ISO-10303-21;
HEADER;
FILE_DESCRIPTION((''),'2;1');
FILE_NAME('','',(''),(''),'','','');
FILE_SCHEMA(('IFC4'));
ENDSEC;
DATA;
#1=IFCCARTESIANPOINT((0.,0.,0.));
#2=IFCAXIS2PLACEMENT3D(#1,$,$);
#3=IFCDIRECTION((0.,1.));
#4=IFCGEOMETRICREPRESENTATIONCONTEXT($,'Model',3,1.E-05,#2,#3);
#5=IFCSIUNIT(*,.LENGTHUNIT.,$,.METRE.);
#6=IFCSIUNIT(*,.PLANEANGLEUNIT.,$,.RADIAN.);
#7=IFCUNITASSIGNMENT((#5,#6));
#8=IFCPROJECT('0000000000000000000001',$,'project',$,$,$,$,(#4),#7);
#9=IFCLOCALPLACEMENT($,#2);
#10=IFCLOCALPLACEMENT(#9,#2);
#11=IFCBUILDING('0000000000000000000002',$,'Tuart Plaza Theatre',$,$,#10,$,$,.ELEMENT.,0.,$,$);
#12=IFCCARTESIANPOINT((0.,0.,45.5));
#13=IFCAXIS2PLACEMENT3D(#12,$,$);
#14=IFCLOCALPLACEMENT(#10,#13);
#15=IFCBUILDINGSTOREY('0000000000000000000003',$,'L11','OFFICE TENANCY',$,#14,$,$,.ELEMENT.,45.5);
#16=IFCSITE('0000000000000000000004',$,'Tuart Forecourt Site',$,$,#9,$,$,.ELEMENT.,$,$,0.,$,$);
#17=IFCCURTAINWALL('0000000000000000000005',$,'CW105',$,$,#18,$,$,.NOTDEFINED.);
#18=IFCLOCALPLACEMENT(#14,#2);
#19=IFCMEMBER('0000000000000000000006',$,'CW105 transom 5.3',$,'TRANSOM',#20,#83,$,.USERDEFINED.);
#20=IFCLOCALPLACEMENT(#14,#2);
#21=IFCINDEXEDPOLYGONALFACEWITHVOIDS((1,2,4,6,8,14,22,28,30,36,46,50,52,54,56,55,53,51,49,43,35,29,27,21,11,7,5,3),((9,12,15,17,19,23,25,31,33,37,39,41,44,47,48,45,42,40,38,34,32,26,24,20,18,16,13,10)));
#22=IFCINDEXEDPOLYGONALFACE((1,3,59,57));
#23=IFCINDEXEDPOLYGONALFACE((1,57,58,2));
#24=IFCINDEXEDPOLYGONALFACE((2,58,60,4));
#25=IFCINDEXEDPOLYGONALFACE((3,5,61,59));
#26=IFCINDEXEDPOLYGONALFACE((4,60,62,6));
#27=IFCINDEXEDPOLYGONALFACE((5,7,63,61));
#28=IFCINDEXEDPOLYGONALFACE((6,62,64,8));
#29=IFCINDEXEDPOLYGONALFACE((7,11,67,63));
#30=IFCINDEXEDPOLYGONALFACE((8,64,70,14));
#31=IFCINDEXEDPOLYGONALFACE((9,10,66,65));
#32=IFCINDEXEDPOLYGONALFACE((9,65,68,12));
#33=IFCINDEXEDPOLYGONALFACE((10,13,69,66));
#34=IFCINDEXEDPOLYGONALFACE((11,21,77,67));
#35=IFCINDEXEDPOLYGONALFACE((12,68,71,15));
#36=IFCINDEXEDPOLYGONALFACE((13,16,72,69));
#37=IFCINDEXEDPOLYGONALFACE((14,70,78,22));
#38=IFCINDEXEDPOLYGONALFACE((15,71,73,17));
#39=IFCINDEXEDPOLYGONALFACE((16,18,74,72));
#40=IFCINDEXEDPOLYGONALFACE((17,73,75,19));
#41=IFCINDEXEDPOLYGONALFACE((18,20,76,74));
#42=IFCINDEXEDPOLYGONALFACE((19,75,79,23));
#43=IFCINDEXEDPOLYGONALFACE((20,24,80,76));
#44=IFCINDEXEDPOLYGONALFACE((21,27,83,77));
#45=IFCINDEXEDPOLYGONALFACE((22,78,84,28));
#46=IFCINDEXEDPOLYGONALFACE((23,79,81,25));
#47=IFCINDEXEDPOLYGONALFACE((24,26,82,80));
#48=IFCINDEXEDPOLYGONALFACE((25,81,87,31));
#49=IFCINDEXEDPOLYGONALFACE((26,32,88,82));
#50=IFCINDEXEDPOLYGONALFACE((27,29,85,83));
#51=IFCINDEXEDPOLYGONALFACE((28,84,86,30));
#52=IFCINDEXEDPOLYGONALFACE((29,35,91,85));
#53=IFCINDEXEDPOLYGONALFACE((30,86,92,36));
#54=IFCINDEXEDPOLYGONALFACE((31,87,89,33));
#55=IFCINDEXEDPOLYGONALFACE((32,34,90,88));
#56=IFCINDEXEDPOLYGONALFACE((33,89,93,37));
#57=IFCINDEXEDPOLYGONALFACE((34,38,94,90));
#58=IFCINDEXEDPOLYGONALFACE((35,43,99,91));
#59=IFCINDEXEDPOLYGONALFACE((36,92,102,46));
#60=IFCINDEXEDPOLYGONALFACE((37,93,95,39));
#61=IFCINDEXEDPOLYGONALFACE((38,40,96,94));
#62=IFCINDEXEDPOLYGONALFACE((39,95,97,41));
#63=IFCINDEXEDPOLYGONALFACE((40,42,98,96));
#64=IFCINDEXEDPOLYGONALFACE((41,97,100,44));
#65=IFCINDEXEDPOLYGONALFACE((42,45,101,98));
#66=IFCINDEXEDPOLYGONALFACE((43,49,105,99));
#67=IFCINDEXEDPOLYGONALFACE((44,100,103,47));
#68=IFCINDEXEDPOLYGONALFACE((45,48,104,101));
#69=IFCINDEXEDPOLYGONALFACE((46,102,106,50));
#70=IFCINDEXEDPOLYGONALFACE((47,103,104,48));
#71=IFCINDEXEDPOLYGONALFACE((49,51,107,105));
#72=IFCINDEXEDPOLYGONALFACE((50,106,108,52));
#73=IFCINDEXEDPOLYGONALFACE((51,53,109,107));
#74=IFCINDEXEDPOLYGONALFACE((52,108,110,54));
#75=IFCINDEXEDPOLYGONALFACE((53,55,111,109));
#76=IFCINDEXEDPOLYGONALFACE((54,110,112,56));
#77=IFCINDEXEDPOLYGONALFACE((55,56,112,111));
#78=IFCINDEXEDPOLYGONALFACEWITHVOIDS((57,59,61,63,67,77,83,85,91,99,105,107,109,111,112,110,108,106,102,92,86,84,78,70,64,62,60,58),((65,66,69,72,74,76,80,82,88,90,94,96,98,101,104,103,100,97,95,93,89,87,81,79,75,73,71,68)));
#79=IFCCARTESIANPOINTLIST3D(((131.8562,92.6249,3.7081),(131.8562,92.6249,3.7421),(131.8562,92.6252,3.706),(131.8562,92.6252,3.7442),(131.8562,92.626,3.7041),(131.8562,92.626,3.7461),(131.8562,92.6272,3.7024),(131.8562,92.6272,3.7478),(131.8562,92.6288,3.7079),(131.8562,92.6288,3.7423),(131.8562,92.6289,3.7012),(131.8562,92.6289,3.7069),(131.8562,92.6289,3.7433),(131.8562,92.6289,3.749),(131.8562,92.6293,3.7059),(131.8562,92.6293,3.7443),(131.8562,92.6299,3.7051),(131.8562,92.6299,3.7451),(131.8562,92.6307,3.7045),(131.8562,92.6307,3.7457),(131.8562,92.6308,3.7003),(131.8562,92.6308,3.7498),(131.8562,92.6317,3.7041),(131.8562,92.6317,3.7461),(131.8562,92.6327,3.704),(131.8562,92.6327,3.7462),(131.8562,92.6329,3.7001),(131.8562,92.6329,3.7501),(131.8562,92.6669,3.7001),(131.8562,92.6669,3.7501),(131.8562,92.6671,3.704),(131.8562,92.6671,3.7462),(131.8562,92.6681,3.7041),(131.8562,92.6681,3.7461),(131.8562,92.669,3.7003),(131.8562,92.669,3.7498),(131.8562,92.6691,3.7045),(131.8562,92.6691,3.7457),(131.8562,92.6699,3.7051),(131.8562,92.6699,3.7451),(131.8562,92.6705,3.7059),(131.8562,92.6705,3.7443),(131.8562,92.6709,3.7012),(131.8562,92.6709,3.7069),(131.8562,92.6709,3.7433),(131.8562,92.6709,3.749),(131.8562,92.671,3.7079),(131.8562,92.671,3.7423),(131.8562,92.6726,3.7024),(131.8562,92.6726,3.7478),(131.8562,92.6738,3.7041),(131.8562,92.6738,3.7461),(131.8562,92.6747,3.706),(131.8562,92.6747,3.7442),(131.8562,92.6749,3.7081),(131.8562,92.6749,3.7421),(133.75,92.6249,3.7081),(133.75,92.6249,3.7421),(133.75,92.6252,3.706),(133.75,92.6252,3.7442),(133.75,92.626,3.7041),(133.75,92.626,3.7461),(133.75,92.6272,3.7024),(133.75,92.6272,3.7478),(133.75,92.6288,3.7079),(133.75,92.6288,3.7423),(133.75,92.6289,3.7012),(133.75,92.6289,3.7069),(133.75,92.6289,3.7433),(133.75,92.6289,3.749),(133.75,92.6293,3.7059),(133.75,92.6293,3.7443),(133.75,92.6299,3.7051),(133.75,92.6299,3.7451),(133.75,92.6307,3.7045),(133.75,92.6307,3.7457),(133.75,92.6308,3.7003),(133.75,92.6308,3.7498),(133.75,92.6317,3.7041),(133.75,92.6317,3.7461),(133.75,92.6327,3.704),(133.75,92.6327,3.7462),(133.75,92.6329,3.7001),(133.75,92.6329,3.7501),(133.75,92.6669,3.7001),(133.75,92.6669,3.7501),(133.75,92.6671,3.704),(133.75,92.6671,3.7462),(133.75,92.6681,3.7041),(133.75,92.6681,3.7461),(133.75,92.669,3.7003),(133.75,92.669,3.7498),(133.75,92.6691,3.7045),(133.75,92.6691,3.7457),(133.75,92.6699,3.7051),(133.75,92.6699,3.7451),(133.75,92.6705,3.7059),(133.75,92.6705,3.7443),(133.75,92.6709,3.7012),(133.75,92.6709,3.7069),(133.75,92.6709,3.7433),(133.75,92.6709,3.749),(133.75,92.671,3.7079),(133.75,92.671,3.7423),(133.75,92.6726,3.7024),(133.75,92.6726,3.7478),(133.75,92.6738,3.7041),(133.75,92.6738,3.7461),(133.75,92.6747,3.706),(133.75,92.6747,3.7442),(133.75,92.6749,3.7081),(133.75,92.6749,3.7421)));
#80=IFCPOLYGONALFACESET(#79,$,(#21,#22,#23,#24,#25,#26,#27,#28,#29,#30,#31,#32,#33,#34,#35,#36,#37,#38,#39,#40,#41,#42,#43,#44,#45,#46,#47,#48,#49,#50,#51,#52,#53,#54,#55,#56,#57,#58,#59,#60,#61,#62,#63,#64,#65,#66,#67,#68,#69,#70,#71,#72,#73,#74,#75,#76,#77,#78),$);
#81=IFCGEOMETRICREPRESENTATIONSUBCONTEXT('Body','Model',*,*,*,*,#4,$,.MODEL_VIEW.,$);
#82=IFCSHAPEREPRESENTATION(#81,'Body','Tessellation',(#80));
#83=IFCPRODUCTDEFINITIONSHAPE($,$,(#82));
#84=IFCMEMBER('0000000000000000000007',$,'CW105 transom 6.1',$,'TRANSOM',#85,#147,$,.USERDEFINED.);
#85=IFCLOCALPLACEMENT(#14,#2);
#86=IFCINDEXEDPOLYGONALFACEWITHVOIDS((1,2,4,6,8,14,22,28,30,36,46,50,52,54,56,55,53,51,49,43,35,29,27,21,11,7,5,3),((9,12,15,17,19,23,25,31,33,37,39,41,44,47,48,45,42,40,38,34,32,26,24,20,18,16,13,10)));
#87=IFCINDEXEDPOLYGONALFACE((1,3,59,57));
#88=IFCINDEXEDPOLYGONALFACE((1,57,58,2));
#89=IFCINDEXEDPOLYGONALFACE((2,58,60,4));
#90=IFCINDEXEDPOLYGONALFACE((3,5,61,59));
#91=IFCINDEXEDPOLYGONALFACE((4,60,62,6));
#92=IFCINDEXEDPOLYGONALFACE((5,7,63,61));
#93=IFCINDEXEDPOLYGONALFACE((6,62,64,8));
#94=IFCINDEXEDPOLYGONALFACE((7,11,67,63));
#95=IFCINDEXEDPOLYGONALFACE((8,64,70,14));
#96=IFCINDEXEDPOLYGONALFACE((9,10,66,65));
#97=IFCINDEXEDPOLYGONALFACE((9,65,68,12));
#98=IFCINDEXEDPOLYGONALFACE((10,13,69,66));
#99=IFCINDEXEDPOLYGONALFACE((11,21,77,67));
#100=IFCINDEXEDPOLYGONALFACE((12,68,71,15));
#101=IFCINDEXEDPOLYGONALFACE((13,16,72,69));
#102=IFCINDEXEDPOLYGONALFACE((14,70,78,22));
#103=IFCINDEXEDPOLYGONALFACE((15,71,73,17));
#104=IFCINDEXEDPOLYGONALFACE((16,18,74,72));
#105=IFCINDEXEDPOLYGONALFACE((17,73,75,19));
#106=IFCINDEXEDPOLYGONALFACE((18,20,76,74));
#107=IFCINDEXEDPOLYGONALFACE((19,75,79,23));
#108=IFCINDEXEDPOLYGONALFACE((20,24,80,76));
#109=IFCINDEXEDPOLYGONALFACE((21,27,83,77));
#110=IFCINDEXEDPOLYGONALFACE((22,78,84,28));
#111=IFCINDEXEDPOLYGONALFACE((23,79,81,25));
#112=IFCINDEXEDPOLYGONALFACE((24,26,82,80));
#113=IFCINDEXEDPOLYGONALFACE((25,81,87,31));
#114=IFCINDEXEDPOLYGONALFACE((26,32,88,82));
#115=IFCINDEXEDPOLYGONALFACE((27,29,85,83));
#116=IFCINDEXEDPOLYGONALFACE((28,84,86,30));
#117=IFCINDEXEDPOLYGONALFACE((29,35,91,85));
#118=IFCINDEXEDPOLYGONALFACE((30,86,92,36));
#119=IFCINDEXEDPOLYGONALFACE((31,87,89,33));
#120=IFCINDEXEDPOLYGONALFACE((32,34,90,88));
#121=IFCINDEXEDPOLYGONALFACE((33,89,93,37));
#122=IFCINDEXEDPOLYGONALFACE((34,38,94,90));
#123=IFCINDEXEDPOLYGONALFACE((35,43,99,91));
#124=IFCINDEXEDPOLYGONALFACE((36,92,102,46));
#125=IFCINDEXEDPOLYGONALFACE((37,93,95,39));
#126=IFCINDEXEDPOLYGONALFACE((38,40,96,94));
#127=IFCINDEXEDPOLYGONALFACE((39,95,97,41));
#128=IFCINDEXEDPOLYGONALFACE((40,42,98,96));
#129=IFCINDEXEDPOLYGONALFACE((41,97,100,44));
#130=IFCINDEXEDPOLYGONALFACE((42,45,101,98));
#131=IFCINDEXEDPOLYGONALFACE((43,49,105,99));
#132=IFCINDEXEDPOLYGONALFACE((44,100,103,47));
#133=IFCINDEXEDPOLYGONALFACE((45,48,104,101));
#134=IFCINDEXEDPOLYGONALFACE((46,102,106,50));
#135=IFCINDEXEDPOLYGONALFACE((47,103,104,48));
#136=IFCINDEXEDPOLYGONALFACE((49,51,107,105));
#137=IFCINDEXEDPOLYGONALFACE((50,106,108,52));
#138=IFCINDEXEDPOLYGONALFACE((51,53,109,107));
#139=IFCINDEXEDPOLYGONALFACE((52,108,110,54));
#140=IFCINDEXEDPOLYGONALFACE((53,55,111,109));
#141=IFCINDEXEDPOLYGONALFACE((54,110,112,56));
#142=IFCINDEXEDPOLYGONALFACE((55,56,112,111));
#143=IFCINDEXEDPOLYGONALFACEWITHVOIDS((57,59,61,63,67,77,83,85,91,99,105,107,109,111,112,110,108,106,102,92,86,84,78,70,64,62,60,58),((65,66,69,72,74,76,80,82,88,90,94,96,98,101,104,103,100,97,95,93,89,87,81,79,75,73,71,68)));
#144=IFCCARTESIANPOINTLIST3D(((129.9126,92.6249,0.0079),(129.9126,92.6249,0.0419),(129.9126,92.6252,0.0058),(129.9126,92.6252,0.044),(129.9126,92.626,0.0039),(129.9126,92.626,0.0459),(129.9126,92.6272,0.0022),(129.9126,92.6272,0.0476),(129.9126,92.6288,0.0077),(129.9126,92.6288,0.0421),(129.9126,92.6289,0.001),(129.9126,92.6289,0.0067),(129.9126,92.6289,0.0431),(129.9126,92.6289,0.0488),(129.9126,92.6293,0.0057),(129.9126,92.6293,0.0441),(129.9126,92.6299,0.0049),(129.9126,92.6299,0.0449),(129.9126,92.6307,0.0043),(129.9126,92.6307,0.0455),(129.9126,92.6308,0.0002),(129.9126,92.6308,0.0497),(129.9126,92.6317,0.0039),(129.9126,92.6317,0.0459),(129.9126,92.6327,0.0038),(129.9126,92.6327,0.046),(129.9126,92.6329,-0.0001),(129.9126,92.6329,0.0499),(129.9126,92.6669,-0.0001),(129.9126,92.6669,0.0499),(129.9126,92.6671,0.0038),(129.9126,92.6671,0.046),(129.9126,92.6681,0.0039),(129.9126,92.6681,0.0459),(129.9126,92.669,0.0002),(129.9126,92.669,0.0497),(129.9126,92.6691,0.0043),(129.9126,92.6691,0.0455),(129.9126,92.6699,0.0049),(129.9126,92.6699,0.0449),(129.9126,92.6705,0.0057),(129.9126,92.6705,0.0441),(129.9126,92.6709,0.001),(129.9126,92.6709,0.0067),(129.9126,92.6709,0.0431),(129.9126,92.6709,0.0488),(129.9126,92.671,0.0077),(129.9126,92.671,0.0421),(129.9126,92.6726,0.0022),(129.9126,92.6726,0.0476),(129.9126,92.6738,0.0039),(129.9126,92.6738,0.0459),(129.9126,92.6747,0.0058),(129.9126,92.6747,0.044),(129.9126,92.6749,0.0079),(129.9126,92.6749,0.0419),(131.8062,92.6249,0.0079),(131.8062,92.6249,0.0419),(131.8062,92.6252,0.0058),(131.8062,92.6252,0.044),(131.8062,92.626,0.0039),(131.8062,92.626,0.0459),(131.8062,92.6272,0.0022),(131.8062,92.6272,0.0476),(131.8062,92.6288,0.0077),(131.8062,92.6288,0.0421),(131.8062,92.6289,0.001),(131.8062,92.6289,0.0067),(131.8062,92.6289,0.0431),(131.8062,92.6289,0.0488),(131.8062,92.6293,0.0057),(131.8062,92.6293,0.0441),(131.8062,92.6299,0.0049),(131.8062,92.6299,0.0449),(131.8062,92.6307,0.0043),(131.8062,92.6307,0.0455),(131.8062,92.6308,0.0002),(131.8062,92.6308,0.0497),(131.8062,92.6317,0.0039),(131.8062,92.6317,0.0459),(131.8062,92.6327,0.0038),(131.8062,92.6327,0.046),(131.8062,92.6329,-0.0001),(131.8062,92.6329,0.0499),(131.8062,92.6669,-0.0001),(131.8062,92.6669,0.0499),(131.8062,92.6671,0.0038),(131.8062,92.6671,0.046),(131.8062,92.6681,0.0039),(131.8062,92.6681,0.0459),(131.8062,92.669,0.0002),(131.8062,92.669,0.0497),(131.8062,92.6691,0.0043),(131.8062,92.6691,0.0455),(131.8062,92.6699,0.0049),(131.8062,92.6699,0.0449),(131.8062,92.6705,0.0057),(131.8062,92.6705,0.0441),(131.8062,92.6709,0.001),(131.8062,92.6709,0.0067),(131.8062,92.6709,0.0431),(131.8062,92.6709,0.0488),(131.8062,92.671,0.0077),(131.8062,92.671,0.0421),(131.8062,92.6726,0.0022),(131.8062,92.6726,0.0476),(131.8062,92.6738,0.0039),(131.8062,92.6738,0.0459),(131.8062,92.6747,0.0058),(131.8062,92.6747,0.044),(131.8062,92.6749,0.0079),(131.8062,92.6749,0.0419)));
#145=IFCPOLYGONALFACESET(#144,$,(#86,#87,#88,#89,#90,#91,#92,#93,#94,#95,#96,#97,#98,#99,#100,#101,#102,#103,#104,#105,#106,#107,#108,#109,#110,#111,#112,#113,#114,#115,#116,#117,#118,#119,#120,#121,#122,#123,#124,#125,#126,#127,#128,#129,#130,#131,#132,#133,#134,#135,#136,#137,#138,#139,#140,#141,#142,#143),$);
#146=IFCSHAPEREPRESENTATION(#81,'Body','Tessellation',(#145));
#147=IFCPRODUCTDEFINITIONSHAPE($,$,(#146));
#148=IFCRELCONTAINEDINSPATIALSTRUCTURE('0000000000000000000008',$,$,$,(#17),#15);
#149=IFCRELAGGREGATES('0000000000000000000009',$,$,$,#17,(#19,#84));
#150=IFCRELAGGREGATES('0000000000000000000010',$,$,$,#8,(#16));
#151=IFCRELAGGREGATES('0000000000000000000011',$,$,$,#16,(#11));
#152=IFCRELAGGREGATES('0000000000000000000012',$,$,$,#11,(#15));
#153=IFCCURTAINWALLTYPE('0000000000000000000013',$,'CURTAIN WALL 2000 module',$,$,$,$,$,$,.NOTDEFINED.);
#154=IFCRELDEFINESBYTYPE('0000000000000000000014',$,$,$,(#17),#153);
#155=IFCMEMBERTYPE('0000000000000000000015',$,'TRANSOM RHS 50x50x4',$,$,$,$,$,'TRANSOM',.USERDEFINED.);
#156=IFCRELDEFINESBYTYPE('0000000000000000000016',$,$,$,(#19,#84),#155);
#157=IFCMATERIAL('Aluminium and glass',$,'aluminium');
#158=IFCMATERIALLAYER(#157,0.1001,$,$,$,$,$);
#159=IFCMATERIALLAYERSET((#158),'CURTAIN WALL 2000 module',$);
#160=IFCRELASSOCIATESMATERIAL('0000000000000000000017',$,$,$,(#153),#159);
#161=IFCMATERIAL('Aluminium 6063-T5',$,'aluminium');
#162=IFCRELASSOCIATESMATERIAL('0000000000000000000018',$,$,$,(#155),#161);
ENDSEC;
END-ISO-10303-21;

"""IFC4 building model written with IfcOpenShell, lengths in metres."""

from ifc_helpers import new_model, si_unit, direction, frame, origin, origin_2d, place, context, subcontext, project, spatial, hollow_rectangle, extrude, material, layer, layer_set, material_profile, profile_set, type_object, element, aggregate, save


model = new_model("IFC4")

# Units and contexts
model_context = context("Model", 3, precision=1e-05, world=origin(), true_north=direction((0.0, 1.0)))
body_context = subcontext(model_context, "Body", "Model", "MODEL_VIEW")
ifc_project = project(units=[si_unit("LENGTHUNIT", "METRE"), si_unit("PLANEANGLEUNIT", "RADIAN")], contexts=[model_context])

# Site, building, storey
site_placement = place(None, origin())
site = spatial("IfcSite", under=ifc_project, at=site_placement, Name="Tuart Forecourt Site", CompositionType="ELEMENT", RefElevation=0.0)
building_placement = place(site_placement, origin())
building = spatial("IfcBuilding", under=site, at=building_placement, Name="Tuart Plaza Theatre", CompositionType="ELEMENT", ElevationOfRefHeight=0.0)
storey_placement = place(building_placement, frame((0.0, 0.0, 45.5)))
storey = spatial("IfcBuildingStorey", under=building, at=storey_placement, Name="L11", Description="OFFICE TENANCY", CompositionType="ELEMENT", Elevation=45.5)

# Curtain wall, members
ifc_material_1 = material(Name="Aluminium and glass", Category="aluminium")
ifc_layer_1 = layer(ifc_material_1, 0.1001)
ifc_layer_set_1 = layer_set([ifc_layer_1], Name="CURTAIN WALL 2000 module")
curtain_wall_type = type_object("IfcCurtainWallType", Name="CURTAIN WALL 2000 module", PredefinedType="NOTDEFINED", material=ifc_layer_set_1)
curtain_wall_placement = place(storey_placement, origin())
curtain_wall = element("IfcCurtainWall", 1, at=curtain_wall_placement, inside=storey, type_object=curtain_wall_type, Name="CW105", PredefinedType="NOTDEFINED")
ifc_material_2 = material(Name="Aluminium 6063-T5", Category="aluminium")
ifc_material_profile_1 = material_profile(ifc_material_2, hollow_rectangle(XDim=0.05, YDim=0.05, WallThickness=0.0039, InnerFilletRadius=0.0039, OuterFilletRadius=0.0081, at=origin_2d()), Name="RHS 50x50x4")
ifc_profile_set_1 = profile_set([ifc_material_profile_1], Name="Aluminium 6063-T5")
member_type_1 = type_object("IfcMemberType", Name="TRANSOM RHS 50x50x4", ElementType="TRANSOM", PredefinedType="USERDEFINED", material=ifc_profile_set_1)
member_1_placement = place(storey_placement, frame((133.75, 92.6499, 3.7251), z_axis=(-1.0, 0.0, 0.0), x_axis=(0.0, -1.0, 0.0)))
member_1 = element("IfcMember", 2, at=member_1_placement, type_object=member_type_1, Name="CW105 transom 5.3", ObjectType="TRANSOM", PredefinedType="USERDEFINED", context=body_context, shape_type="SweptSolid", body=[
    extrude(hollow_rectangle(XDim=0.05, YDim=0.05, WallThickness=0.0039, InnerFilletRadius=0.0039, OuterFilletRadius=0.0081, at=origin_2d()), origin(), (0.0, 0.0, 1.0), 1.8938),
])
member_2_placement = place(storey_placement, frame((131.8062, 92.6499, 0.0249), z_axis=(-1.0, 0.0, 0.0), x_axis=(0.0, -1.0, 0.0)))
member_2 = element("IfcMember", 3, at=member_2_placement, type_object=member_type_1, Name="CW105 transom 6.1", ObjectType="TRANSOM", PredefinedType="USERDEFINED", context=body_context, shape_type="SweptSolid", body=[
    extrude(hollow_rectangle(XDim=0.05, YDim=0.05, WallThickness=0.0039, InnerFilletRadius=0.0039, OuterFilletRadius=0.0081, at=origin_2d()), origin(), (0.0, 0.0, 1.0), 1.8936),
])
aggregate(curtain_wall, [member_1, member_2])

save(model, "model.ifc")
